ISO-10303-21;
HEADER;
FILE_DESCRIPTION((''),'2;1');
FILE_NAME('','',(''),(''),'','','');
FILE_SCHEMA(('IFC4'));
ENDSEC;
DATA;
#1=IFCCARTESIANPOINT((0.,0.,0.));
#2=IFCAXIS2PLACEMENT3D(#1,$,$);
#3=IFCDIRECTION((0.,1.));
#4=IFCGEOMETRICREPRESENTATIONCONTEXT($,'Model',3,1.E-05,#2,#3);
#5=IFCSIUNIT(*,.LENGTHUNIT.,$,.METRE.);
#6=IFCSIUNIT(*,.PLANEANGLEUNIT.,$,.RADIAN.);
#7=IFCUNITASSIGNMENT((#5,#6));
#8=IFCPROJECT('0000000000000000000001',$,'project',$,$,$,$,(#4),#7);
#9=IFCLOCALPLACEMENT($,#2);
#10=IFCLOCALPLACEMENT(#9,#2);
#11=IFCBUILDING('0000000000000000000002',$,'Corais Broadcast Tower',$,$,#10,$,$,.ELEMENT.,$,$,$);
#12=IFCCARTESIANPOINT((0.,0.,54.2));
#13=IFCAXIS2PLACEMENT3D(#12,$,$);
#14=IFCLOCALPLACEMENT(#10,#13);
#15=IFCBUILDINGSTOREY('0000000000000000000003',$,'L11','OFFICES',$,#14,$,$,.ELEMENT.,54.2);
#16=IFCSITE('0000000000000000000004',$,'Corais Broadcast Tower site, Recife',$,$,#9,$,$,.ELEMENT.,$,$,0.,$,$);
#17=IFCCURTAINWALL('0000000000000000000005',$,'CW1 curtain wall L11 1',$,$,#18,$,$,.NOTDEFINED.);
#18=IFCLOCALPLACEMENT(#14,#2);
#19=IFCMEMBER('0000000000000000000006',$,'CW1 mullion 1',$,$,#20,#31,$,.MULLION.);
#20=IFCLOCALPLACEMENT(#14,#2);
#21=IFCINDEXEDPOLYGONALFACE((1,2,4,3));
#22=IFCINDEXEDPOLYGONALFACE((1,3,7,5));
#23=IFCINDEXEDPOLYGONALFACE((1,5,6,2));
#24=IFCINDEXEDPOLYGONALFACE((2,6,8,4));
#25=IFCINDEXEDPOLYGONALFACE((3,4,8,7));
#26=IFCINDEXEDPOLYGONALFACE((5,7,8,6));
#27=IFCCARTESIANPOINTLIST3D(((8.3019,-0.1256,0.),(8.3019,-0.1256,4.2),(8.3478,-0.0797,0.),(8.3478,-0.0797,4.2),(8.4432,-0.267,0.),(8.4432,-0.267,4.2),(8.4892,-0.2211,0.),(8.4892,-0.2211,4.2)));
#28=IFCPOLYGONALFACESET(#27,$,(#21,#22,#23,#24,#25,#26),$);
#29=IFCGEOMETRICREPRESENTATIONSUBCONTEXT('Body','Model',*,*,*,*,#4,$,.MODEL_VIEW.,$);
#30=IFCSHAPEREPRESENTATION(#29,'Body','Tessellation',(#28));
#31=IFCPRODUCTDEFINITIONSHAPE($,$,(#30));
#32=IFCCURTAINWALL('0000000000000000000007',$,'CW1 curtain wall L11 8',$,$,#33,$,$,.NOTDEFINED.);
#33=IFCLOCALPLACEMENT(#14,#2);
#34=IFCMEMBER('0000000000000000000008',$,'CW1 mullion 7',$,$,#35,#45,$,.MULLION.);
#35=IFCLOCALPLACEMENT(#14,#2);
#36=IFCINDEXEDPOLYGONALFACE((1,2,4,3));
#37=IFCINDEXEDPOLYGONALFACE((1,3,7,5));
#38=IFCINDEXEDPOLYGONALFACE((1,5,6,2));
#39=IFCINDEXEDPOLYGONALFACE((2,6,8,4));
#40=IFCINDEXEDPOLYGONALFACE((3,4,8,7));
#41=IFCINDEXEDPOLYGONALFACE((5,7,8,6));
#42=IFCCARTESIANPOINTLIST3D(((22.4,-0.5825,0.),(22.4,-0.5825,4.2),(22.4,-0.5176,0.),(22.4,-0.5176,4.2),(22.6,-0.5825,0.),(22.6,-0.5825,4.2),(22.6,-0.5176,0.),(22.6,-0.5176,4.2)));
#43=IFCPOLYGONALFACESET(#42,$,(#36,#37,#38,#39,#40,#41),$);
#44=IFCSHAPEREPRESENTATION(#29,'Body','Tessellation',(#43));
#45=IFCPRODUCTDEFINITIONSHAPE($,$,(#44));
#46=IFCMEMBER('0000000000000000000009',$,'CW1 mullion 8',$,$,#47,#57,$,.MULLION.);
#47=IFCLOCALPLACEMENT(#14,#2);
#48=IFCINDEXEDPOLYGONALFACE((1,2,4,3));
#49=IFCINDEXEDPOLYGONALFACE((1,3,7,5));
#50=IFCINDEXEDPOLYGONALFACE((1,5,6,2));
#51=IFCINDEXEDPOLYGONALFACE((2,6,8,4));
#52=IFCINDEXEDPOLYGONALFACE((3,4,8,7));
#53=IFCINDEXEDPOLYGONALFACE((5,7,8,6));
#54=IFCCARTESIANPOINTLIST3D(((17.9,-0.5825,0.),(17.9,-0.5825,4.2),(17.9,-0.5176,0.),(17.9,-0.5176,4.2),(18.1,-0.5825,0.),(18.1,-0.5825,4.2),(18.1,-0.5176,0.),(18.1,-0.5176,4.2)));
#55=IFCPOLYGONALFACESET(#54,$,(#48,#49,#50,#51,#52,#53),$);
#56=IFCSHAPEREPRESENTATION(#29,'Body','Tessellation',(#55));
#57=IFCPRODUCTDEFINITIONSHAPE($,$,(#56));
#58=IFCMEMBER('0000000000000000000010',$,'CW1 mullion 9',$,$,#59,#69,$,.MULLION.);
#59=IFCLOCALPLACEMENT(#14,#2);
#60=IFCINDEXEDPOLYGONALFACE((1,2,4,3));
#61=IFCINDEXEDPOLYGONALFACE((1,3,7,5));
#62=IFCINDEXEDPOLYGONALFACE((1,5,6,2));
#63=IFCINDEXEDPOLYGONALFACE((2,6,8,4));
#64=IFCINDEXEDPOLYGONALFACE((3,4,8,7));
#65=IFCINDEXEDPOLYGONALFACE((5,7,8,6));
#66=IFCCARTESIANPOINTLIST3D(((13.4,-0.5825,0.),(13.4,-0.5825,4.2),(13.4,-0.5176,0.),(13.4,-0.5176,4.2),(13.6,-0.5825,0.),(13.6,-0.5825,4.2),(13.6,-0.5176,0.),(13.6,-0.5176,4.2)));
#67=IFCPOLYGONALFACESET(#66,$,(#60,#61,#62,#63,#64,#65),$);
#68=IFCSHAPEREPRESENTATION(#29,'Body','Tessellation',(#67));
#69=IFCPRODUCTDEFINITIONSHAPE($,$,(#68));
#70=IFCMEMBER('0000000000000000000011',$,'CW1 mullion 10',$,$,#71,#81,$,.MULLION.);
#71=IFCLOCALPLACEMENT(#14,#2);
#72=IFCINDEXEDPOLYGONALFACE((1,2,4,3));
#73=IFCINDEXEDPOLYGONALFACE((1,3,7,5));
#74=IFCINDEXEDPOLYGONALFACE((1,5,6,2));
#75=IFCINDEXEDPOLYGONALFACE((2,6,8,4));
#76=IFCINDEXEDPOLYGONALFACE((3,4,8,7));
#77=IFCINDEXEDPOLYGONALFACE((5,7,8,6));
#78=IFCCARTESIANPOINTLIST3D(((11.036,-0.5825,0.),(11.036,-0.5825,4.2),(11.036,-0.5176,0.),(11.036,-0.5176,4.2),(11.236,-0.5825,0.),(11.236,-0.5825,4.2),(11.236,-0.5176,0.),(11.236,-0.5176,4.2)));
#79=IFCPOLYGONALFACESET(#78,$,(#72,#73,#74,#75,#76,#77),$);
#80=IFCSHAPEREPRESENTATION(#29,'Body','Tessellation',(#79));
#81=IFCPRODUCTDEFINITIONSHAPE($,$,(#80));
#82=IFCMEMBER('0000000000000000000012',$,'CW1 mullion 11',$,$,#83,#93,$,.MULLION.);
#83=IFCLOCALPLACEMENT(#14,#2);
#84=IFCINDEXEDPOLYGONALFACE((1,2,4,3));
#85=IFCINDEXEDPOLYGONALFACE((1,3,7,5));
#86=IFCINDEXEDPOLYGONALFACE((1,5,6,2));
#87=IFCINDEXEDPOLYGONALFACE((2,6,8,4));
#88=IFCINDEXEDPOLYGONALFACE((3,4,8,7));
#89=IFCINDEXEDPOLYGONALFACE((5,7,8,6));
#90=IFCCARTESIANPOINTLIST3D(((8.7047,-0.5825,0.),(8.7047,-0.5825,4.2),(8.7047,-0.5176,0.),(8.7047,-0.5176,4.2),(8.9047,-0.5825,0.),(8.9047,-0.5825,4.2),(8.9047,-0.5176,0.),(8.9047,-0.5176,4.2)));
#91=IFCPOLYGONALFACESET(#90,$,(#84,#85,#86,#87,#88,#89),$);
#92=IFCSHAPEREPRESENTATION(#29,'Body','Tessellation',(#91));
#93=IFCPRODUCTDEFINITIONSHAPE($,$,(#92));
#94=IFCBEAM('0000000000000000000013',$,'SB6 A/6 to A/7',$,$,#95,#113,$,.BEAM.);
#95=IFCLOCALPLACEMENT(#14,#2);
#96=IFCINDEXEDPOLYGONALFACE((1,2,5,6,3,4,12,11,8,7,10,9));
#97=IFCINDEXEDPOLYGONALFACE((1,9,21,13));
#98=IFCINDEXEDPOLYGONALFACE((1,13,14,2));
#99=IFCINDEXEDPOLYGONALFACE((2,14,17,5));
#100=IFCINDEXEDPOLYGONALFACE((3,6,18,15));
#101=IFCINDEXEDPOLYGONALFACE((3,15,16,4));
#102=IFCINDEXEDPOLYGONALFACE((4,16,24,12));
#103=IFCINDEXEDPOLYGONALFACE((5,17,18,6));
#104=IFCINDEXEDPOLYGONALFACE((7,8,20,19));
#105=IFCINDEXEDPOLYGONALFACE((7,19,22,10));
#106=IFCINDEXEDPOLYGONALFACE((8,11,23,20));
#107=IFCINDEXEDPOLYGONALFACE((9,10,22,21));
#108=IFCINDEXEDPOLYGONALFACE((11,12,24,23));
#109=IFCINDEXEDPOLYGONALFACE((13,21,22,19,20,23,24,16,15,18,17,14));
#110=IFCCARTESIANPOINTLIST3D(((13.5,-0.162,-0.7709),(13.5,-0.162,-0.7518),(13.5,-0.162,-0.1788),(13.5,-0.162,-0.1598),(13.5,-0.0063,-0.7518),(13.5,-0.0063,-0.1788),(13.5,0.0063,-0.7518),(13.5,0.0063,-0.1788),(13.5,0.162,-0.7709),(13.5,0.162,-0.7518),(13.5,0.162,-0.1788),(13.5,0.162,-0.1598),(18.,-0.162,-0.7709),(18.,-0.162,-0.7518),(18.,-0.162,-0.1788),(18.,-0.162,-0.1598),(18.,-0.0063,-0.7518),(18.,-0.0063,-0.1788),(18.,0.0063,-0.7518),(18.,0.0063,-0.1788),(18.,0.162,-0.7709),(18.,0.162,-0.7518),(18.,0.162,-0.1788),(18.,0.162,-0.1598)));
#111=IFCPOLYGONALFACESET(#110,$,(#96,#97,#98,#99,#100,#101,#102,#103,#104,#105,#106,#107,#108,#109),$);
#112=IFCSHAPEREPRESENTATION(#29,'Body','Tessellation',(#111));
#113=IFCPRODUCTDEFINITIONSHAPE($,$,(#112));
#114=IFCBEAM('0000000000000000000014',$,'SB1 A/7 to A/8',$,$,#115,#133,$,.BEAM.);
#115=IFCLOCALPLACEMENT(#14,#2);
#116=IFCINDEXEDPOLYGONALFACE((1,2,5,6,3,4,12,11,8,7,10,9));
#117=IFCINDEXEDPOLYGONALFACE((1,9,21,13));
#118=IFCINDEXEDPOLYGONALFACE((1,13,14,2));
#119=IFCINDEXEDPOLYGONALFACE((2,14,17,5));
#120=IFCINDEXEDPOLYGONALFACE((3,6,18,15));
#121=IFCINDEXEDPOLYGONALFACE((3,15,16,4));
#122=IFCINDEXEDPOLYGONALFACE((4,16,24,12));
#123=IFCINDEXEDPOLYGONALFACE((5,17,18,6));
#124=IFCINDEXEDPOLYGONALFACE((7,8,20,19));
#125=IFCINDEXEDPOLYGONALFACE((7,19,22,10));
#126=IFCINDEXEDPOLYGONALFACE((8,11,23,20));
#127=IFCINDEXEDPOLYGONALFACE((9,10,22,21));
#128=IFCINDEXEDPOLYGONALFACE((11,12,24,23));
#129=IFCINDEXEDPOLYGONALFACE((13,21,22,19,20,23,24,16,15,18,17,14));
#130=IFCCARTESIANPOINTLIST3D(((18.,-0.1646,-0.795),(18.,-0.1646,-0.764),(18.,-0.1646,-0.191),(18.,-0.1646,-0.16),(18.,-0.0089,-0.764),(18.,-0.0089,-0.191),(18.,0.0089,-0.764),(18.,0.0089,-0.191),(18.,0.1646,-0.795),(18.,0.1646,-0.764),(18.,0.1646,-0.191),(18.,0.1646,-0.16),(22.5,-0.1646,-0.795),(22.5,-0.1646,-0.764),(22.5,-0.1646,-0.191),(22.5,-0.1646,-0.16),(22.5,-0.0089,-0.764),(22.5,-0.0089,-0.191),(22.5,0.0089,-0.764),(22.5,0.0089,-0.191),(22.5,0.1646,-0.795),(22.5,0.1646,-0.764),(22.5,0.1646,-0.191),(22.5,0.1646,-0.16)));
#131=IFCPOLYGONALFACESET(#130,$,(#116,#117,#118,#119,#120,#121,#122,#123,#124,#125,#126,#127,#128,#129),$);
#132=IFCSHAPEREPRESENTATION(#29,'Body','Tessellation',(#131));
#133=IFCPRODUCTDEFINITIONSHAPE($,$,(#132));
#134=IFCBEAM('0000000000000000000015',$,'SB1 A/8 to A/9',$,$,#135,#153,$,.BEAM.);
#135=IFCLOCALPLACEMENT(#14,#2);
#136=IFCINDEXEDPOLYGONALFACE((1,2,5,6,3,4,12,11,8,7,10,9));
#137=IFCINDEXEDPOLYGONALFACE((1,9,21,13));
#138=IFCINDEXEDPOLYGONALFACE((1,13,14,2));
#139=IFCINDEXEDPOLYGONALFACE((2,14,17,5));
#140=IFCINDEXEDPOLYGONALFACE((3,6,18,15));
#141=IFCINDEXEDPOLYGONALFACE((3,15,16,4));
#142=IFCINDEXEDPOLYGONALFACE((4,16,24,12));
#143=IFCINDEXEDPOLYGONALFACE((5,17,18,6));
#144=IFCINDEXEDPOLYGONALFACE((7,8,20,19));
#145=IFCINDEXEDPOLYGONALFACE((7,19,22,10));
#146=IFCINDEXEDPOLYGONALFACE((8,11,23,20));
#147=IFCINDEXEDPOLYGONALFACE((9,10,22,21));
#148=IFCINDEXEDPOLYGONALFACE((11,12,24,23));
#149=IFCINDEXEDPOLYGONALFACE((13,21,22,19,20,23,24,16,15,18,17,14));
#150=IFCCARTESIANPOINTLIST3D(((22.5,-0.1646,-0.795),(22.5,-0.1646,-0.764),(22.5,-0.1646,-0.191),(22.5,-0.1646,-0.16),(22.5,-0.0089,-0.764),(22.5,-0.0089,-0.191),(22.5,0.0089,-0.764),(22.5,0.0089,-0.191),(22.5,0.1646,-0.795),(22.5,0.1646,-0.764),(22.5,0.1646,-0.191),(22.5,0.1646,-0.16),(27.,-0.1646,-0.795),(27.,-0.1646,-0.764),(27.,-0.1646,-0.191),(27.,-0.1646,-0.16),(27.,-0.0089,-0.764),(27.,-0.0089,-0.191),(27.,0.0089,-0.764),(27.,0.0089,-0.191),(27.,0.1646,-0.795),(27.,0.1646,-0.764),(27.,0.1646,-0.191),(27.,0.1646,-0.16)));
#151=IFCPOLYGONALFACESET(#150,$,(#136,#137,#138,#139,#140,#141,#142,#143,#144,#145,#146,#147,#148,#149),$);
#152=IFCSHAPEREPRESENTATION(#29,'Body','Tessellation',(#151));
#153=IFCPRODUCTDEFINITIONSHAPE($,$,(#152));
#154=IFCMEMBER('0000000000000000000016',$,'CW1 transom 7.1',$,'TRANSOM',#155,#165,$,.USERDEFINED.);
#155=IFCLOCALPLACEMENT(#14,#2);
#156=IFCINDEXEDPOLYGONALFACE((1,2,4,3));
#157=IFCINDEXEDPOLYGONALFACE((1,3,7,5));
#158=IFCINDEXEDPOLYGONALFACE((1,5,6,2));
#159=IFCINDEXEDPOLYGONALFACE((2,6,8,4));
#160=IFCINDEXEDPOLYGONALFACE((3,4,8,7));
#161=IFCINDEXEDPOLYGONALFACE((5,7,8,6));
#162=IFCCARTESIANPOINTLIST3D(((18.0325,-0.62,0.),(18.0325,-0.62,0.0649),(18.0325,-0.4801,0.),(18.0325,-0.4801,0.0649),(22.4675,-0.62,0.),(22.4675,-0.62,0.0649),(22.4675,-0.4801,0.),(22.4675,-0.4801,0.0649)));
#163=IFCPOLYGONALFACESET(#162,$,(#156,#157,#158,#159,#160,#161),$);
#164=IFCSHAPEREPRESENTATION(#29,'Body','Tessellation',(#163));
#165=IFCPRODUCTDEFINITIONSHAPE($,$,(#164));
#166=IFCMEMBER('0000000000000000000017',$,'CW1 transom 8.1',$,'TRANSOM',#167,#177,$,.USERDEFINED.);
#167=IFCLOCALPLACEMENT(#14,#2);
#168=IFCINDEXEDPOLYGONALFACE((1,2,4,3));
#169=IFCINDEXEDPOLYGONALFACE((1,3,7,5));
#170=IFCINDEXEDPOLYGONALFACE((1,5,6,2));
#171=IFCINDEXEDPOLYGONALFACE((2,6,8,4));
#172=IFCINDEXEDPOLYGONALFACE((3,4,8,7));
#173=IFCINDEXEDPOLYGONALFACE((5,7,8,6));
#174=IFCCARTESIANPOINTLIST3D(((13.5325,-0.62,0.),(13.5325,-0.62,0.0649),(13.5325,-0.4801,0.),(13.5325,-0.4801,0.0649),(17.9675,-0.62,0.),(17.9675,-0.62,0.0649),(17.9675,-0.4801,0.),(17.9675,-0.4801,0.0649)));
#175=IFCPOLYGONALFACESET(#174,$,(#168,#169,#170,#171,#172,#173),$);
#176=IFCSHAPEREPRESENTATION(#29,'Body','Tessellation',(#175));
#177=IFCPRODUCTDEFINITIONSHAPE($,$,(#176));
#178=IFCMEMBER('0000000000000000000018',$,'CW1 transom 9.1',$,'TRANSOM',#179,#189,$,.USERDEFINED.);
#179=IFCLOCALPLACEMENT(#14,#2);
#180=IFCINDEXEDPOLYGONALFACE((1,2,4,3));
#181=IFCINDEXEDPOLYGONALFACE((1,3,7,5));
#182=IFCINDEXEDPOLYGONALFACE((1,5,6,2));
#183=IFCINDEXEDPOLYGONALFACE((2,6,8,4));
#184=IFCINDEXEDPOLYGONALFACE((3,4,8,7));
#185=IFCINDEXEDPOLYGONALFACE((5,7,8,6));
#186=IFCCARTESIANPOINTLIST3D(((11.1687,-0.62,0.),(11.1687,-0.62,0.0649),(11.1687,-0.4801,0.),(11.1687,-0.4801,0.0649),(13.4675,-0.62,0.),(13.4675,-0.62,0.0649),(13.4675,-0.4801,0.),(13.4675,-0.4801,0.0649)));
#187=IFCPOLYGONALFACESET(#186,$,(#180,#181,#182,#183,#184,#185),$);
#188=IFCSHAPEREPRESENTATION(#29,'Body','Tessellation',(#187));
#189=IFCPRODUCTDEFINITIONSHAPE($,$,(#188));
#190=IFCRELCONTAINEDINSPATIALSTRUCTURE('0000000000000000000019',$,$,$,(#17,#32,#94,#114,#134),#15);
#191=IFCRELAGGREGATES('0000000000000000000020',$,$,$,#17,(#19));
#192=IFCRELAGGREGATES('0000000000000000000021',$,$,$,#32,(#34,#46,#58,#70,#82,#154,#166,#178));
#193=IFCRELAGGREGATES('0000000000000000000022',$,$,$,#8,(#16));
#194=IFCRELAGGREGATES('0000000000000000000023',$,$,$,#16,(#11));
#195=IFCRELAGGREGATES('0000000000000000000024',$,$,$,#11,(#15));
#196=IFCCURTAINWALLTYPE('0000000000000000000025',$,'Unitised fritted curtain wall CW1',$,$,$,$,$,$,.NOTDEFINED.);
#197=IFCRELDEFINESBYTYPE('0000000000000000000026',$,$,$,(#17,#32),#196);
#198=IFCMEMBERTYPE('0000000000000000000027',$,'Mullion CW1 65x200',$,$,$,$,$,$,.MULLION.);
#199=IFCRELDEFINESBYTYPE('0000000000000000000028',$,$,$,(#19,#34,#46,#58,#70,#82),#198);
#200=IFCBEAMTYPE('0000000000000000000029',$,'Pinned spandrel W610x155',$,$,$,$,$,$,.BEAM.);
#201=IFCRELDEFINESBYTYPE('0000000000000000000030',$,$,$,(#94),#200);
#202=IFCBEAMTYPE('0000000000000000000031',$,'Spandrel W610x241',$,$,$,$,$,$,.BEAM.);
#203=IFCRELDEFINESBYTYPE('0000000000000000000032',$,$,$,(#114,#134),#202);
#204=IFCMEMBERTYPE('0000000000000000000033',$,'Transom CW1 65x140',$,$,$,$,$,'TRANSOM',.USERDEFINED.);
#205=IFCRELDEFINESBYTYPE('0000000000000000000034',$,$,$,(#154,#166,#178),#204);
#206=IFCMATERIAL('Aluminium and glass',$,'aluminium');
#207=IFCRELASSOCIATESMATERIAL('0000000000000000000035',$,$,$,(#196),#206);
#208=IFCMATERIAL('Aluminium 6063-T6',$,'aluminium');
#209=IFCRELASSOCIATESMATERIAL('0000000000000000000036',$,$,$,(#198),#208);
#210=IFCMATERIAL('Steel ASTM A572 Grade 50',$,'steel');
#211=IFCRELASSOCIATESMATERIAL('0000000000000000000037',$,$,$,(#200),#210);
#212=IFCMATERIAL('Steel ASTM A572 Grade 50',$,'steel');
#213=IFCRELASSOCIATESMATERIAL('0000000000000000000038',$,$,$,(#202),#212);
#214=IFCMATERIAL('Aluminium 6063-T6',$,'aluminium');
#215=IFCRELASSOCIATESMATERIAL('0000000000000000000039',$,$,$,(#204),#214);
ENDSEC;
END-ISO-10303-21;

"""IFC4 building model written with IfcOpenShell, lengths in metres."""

from ifc_helpers import new_model, si_unit, direction, frame, origin, origin_2d, place, context, subcontext, project, spatial, rectangle, i_section, extrude, material, material_profile, profile_set, type_object, element, aggregate, save


model = new_model("IFC4")

# Units and contexts
model_context = context("Model", 3, precision=1e-05, world=origin(), true_north=direction((0.0, 1.0)))
body_context = subcontext(model_context, "Body", "Model", "MODEL_VIEW")
ifc_project = project(units=[si_unit("LENGTHUNIT", "METRE"), si_unit("PLANEANGLEUNIT", "RADIAN")], contexts=[model_context])

# Site, building, storey
site_placement = place(None, origin())
site = spatial("IfcSite", under=ifc_project, at=site_placement, Name="Corais Broadcast Tower site, Recife", CompositionType="ELEMENT", RefElevation=0.0)
building_placement = place(site_placement, origin())
building = spatial("IfcBuilding", under=site, at=building_placement, Name="Corais Broadcast Tower", CompositionType="ELEMENT")
storey_placement = place(building_placement, frame((0.0, 0.0, 54.2)))
storey = spatial("IfcBuildingStorey", under=building, at=storey_placement, Name="L11", Description="OFFICES", CompositionType="ELEMENT", Elevation=54.2)

# Curtain wall, member
ifc_material_1 = material(Name="Aluminium and glass", Category="aluminium")
curtain_wall_type = type_object("IfcCurtainWallType", Name="Unitised fritted curtain wall CW1", PredefinedType="NOTDEFINED", material=ifc_material_1)
curtain_wall_1_placement = place(storey_placement, origin())
curtain_wall_1 = element("IfcCurtainWall", 1, at=curtain_wall_1_placement, inside=storey, type_object=curtain_wall_type, Name="CW1 curtain wall L11 1", PredefinedType="NOTDEFINED")
ifc_material_2 = material(Name="Aluminium 6063-T6", Category="aluminium")
ifc_material_profile_1 = material_profile(ifc_material_2, rectangle(XDim=0.0649, YDim=0.2, at=origin_2d()), Name="Mullion CW1 65x200")
ifc_profile_set_1 = profile_set([ifc_material_profile_1], Name="Aluminium 6063-T6")
member_type_1 = type_object("IfcMemberType", Name="Mullion CW1 65x200", PredefinedType="MULLION", material=ifc_profile_set_1)
member_1_placement = place(storey_placement, frame((8.3955, -0.1733, 0.0), z_axis=(0.0, 0.0, 1.0), x_axis=(-0.707107, -0.707107, 0.0)))
member_1 = element("IfcMember", 2, at=member_1_placement, type_object=member_type_1, Name="CW1 mullion 1", PredefinedType="MULLION", context=body_context, shape_type="SweptSolid", body=[
    extrude(rectangle(XDim=0.0649, YDim=0.2, at=origin_2d()), origin(), (0.0, 0.0, 1.0), 4.2),
])
aggregate(curtain_wall_1, [member_1])

# Curtain wall, members
curtain_wall_2_placement = place(storey_placement, origin())
curtain_wall_2 = element("IfcCurtainWall", 3, at=curtain_wall_2_placement, inside=storey, type_object=curtain_wall_type, Name="CW1 curtain wall L11 8", PredefinedType="NOTDEFINED")
member_2_placement = place(storey_placement, frame((22.5, -0.55, 0.0), z_axis=(0.0, 0.0, 1.0), x_axis=(0.0, -1.0, 0.0)))
member_2 = element("IfcMember", 4, at=member_2_placement, type_object=member_type_1, Name="CW1 mullion 7", PredefinedType="MULLION", context=body_context, shape_type="SweptSolid", body=[
    extrude(rectangle(XDim=0.0649, YDim=0.2, at=origin_2d()), origin(), (0.0, 0.0, 1.0), 4.2),
])
member_3_placement = place(storey_placement, frame((18.0, -0.55, 0.0), z_axis=(0.0, 0.0, 1.0), x_axis=(0.0, -1.0, 0.0)))
member_3 = element("IfcMember", 5, at=member_3_placement, type_object=member_type_1, Name="CW1 mullion 8", PredefinedType="MULLION", context=body_context, shape_type="SweptSolid", body=[
    extrude(rectangle(XDim=0.0649, YDim=0.2, at=origin_2d()), origin(), (0.0, 0.0, 1.0), 4.2),
])
member_4_placement = place(storey_placement, frame((13.5, -0.55, 0.0), z_axis=(0.0, 0.0, 1.0), x_axis=(0.0, -1.0, 0.0)))
member_4 = element("IfcMember", 6, at=member_4_placement, type_object=member_type_1, Name="CW1 mullion 9", PredefinedType="MULLION", context=body_context, shape_type="SweptSolid", body=[
    extrude(rectangle(XDim=0.0649, YDim=0.2, at=origin_2d()), origin(), (0.0, 0.0, 1.0), 4.2),
])
member_5_placement = place(storey_placement, frame((11.136, -0.55, 0.0), z_axis=(0.0, 0.0, 1.0), x_axis=(0.0, -1.0, 0.0)))
member_5 = element("IfcMember", 7, at=member_5_placement, type_object=member_type_1, Name="CW1 mullion 10", PredefinedType="MULLION", context=body_context, shape_type="SweptSolid", body=[
    extrude(rectangle(XDim=0.0649, YDim=0.2, at=origin_2d()), origin(), (0.0, 0.0, 1.0), 4.2),
])
member_6_placement = place(storey_placement, frame((8.8047, -0.55, 0.0), z_axis=(0.0, 0.0, 1.0), x_axis=(0.0, -1.0, 0.0)))
member_6 = element("IfcMember", 8, at=member_6_placement, type_object=member_type_1, Name="CW1 mullion 11", PredefinedType="MULLION", context=body_context, shape_type="SweptSolid", body=[
    extrude(rectangle(XDim=0.0649, YDim=0.2, at=origin_2d()), origin(), (0.0, 0.0, 1.0), 4.2),
])

# Beams
ifc_material_3 = material(Name="Steel ASTM A572 Grade 50", Category="steel")
ifc_material_profile_2 = material_profile(ifc_material_3, i_section(OverallWidth=0.324, OverallDepth=0.6111, WebThickness=0.0127, FlangeThickness=0.019, at=origin_2d()), Name="W610x155")
ifc_profile_set_2 = profile_set([ifc_material_profile_2], Name="Steel ASTM A572 Grade 50")
beam_type_1 = type_object("IfcBeamType", Name="Pinned spandrel W610x155", PredefinedType="BEAM", material=ifc_profile_set_2)
beam_1_placement = place(storey_placement, frame((13.5, 0.0, -0.4653), z_axis=(1.0, 0.0, 0.0), x_axis=(0.0, 1.0, 0.0)))
element("IfcBeam", 9, at=beam_1_placement, inside=storey, type_object=beam_type_1, Name="SB6 A/6 to A/7", PredefinedType="BEAM", context=body_context, shape_type="SweptSolid", body=[
    extrude(i_section(OverallWidth=0.324, OverallDepth=0.6111, WebThickness=0.0127, FlangeThickness=0.019, at=origin_2d()), origin(), (0.0, 0.0, 1.0), 4.5),
])
ifc_material_4 = material(Name="Steel ASTM A572 Grade 50", Category="steel")
ifc_material_profile_3 = material_profile(ifc_material_4, i_section(OverallWidth=0.3291, OverallDepth=0.635, WebThickness=0.0178, FlangeThickness=0.031, at=origin_2d()), Name="W610x241")
ifc_profile_set_3 = profile_set([ifc_material_profile_3], Name="Steel ASTM A572 Grade 50")
beam_type_2 = type_object("IfcBeamType", Name="Spandrel W610x241", PredefinedType="BEAM", material=ifc_profile_set_3)
for number, where, z_axis, x_axis, name in (
    (10, (18.0, 0.0, -0.4775), (1.0, 0.0, 0.0), (0.0, 1.0, 0.0), "SB1 A/7 to A/8"),
    (11, (22.5, 0.0, -0.4775), (1.0, 0.0, 0.0), (0.0, 1.0, 0.0), "SB1 A/8 to A/9"),
):
    element("IfcBeam", number, at=place(storey_placement, frame(where, z_axis=z_axis, x_axis=x_axis)), inside=storey, type_object=beam_type_2, Name=name, PredefinedType="BEAM", context=body_context, shape_type="SweptSolid", body=[
        extrude(i_section(OverallWidth=0.3291, OverallDepth=0.635, WebThickness=0.0178, FlangeThickness=0.031, at=origin_2d()), origin(), (0.0, 0.0, 1.0), 4.5),
    ])

# Members
ifc_material_5 = material(Name="Aluminium 6063-T6", Category="aluminium")
ifc_material_profile_4 = material_profile(ifc_material_5, rectangle(XDim=0.1399, YDim=0.0649, at=origin_2d()), Name="Transom CW1 65x140")
ifc_profile_set_4 = profile_set([ifc_material_profile_4], Name="Aluminium 6063-T6")
member_type_2 = type_object("IfcMemberType", Name="Transom CW1 65x140", ElementType="TRANSOM", PredefinedType="USERDEFINED", material=ifc_profile_set_4)
member_7_placement = place(storey_placement, frame((22.4675, -0.55, 0.0325), z_axis=(-1.0, 0.0, 0.0), x_axis=(0.0, -1.0, 0.0)))
member_7 = element("IfcMember", 12, at=member_7_placement, type_object=member_type_2, Name="CW1 transom 7.1", ObjectType="TRANSOM", PredefinedType="USERDEFINED", context=body_context, shape_type="SweptSolid", body=[
    extrude(rectangle(XDim=0.1399, YDim=0.0649, at=origin_2d()), origin(), (0.0, 0.0, 1.0), 4.4351),
])
member_8_placement = place(storey_placement, frame((17.9675, -0.55, 0.0325), z_axis=(-1.0, 0.0, 0.0), x_axis=(0.0, -1.0, 0.0)))
member_8 = element("IfcMember", 13, at=member_8_placement, type_object=member_type_2, Name="CW1 transom 8.1", ObjectType="TRANSOM", PredefinedType="USERDEFINED", context=body_context, shape_type="SweptSolid", body=[
    extrude(rectangle(XDim=0.1399, YDim=0.0649, at=origin_2d()), origin(), (0.0, 0.0, 1.0), 4.4351),
])
member_9_placement = place(storey_placement, frame((13.4675, -0.55, 0.0325), z_axis=(-1.0, 0.0, 0.0), x_axis=(0.0, -1.0, 0.0)))
member_9 = element("IfcMember", 14, at=member_9_placement, type_object=member_type_2, Name="CW1 transom 9.1", ObjectType="TRANSOM", PredefinedType="USERDEFINED", context=body_context, shape_type="SweptSolid", body=[
    extrude(rectangle(XDim=0.1399, YDim=0.0649, at=origin_2d()), origin(), (0.0, 0.0, 1.0), 2.2988),
])

aggregate(curtain_wall_2, [member_2, member_3, member_4, member_5, member_6, member_7, member_8, member_9])

save(model, "model.ifc")
